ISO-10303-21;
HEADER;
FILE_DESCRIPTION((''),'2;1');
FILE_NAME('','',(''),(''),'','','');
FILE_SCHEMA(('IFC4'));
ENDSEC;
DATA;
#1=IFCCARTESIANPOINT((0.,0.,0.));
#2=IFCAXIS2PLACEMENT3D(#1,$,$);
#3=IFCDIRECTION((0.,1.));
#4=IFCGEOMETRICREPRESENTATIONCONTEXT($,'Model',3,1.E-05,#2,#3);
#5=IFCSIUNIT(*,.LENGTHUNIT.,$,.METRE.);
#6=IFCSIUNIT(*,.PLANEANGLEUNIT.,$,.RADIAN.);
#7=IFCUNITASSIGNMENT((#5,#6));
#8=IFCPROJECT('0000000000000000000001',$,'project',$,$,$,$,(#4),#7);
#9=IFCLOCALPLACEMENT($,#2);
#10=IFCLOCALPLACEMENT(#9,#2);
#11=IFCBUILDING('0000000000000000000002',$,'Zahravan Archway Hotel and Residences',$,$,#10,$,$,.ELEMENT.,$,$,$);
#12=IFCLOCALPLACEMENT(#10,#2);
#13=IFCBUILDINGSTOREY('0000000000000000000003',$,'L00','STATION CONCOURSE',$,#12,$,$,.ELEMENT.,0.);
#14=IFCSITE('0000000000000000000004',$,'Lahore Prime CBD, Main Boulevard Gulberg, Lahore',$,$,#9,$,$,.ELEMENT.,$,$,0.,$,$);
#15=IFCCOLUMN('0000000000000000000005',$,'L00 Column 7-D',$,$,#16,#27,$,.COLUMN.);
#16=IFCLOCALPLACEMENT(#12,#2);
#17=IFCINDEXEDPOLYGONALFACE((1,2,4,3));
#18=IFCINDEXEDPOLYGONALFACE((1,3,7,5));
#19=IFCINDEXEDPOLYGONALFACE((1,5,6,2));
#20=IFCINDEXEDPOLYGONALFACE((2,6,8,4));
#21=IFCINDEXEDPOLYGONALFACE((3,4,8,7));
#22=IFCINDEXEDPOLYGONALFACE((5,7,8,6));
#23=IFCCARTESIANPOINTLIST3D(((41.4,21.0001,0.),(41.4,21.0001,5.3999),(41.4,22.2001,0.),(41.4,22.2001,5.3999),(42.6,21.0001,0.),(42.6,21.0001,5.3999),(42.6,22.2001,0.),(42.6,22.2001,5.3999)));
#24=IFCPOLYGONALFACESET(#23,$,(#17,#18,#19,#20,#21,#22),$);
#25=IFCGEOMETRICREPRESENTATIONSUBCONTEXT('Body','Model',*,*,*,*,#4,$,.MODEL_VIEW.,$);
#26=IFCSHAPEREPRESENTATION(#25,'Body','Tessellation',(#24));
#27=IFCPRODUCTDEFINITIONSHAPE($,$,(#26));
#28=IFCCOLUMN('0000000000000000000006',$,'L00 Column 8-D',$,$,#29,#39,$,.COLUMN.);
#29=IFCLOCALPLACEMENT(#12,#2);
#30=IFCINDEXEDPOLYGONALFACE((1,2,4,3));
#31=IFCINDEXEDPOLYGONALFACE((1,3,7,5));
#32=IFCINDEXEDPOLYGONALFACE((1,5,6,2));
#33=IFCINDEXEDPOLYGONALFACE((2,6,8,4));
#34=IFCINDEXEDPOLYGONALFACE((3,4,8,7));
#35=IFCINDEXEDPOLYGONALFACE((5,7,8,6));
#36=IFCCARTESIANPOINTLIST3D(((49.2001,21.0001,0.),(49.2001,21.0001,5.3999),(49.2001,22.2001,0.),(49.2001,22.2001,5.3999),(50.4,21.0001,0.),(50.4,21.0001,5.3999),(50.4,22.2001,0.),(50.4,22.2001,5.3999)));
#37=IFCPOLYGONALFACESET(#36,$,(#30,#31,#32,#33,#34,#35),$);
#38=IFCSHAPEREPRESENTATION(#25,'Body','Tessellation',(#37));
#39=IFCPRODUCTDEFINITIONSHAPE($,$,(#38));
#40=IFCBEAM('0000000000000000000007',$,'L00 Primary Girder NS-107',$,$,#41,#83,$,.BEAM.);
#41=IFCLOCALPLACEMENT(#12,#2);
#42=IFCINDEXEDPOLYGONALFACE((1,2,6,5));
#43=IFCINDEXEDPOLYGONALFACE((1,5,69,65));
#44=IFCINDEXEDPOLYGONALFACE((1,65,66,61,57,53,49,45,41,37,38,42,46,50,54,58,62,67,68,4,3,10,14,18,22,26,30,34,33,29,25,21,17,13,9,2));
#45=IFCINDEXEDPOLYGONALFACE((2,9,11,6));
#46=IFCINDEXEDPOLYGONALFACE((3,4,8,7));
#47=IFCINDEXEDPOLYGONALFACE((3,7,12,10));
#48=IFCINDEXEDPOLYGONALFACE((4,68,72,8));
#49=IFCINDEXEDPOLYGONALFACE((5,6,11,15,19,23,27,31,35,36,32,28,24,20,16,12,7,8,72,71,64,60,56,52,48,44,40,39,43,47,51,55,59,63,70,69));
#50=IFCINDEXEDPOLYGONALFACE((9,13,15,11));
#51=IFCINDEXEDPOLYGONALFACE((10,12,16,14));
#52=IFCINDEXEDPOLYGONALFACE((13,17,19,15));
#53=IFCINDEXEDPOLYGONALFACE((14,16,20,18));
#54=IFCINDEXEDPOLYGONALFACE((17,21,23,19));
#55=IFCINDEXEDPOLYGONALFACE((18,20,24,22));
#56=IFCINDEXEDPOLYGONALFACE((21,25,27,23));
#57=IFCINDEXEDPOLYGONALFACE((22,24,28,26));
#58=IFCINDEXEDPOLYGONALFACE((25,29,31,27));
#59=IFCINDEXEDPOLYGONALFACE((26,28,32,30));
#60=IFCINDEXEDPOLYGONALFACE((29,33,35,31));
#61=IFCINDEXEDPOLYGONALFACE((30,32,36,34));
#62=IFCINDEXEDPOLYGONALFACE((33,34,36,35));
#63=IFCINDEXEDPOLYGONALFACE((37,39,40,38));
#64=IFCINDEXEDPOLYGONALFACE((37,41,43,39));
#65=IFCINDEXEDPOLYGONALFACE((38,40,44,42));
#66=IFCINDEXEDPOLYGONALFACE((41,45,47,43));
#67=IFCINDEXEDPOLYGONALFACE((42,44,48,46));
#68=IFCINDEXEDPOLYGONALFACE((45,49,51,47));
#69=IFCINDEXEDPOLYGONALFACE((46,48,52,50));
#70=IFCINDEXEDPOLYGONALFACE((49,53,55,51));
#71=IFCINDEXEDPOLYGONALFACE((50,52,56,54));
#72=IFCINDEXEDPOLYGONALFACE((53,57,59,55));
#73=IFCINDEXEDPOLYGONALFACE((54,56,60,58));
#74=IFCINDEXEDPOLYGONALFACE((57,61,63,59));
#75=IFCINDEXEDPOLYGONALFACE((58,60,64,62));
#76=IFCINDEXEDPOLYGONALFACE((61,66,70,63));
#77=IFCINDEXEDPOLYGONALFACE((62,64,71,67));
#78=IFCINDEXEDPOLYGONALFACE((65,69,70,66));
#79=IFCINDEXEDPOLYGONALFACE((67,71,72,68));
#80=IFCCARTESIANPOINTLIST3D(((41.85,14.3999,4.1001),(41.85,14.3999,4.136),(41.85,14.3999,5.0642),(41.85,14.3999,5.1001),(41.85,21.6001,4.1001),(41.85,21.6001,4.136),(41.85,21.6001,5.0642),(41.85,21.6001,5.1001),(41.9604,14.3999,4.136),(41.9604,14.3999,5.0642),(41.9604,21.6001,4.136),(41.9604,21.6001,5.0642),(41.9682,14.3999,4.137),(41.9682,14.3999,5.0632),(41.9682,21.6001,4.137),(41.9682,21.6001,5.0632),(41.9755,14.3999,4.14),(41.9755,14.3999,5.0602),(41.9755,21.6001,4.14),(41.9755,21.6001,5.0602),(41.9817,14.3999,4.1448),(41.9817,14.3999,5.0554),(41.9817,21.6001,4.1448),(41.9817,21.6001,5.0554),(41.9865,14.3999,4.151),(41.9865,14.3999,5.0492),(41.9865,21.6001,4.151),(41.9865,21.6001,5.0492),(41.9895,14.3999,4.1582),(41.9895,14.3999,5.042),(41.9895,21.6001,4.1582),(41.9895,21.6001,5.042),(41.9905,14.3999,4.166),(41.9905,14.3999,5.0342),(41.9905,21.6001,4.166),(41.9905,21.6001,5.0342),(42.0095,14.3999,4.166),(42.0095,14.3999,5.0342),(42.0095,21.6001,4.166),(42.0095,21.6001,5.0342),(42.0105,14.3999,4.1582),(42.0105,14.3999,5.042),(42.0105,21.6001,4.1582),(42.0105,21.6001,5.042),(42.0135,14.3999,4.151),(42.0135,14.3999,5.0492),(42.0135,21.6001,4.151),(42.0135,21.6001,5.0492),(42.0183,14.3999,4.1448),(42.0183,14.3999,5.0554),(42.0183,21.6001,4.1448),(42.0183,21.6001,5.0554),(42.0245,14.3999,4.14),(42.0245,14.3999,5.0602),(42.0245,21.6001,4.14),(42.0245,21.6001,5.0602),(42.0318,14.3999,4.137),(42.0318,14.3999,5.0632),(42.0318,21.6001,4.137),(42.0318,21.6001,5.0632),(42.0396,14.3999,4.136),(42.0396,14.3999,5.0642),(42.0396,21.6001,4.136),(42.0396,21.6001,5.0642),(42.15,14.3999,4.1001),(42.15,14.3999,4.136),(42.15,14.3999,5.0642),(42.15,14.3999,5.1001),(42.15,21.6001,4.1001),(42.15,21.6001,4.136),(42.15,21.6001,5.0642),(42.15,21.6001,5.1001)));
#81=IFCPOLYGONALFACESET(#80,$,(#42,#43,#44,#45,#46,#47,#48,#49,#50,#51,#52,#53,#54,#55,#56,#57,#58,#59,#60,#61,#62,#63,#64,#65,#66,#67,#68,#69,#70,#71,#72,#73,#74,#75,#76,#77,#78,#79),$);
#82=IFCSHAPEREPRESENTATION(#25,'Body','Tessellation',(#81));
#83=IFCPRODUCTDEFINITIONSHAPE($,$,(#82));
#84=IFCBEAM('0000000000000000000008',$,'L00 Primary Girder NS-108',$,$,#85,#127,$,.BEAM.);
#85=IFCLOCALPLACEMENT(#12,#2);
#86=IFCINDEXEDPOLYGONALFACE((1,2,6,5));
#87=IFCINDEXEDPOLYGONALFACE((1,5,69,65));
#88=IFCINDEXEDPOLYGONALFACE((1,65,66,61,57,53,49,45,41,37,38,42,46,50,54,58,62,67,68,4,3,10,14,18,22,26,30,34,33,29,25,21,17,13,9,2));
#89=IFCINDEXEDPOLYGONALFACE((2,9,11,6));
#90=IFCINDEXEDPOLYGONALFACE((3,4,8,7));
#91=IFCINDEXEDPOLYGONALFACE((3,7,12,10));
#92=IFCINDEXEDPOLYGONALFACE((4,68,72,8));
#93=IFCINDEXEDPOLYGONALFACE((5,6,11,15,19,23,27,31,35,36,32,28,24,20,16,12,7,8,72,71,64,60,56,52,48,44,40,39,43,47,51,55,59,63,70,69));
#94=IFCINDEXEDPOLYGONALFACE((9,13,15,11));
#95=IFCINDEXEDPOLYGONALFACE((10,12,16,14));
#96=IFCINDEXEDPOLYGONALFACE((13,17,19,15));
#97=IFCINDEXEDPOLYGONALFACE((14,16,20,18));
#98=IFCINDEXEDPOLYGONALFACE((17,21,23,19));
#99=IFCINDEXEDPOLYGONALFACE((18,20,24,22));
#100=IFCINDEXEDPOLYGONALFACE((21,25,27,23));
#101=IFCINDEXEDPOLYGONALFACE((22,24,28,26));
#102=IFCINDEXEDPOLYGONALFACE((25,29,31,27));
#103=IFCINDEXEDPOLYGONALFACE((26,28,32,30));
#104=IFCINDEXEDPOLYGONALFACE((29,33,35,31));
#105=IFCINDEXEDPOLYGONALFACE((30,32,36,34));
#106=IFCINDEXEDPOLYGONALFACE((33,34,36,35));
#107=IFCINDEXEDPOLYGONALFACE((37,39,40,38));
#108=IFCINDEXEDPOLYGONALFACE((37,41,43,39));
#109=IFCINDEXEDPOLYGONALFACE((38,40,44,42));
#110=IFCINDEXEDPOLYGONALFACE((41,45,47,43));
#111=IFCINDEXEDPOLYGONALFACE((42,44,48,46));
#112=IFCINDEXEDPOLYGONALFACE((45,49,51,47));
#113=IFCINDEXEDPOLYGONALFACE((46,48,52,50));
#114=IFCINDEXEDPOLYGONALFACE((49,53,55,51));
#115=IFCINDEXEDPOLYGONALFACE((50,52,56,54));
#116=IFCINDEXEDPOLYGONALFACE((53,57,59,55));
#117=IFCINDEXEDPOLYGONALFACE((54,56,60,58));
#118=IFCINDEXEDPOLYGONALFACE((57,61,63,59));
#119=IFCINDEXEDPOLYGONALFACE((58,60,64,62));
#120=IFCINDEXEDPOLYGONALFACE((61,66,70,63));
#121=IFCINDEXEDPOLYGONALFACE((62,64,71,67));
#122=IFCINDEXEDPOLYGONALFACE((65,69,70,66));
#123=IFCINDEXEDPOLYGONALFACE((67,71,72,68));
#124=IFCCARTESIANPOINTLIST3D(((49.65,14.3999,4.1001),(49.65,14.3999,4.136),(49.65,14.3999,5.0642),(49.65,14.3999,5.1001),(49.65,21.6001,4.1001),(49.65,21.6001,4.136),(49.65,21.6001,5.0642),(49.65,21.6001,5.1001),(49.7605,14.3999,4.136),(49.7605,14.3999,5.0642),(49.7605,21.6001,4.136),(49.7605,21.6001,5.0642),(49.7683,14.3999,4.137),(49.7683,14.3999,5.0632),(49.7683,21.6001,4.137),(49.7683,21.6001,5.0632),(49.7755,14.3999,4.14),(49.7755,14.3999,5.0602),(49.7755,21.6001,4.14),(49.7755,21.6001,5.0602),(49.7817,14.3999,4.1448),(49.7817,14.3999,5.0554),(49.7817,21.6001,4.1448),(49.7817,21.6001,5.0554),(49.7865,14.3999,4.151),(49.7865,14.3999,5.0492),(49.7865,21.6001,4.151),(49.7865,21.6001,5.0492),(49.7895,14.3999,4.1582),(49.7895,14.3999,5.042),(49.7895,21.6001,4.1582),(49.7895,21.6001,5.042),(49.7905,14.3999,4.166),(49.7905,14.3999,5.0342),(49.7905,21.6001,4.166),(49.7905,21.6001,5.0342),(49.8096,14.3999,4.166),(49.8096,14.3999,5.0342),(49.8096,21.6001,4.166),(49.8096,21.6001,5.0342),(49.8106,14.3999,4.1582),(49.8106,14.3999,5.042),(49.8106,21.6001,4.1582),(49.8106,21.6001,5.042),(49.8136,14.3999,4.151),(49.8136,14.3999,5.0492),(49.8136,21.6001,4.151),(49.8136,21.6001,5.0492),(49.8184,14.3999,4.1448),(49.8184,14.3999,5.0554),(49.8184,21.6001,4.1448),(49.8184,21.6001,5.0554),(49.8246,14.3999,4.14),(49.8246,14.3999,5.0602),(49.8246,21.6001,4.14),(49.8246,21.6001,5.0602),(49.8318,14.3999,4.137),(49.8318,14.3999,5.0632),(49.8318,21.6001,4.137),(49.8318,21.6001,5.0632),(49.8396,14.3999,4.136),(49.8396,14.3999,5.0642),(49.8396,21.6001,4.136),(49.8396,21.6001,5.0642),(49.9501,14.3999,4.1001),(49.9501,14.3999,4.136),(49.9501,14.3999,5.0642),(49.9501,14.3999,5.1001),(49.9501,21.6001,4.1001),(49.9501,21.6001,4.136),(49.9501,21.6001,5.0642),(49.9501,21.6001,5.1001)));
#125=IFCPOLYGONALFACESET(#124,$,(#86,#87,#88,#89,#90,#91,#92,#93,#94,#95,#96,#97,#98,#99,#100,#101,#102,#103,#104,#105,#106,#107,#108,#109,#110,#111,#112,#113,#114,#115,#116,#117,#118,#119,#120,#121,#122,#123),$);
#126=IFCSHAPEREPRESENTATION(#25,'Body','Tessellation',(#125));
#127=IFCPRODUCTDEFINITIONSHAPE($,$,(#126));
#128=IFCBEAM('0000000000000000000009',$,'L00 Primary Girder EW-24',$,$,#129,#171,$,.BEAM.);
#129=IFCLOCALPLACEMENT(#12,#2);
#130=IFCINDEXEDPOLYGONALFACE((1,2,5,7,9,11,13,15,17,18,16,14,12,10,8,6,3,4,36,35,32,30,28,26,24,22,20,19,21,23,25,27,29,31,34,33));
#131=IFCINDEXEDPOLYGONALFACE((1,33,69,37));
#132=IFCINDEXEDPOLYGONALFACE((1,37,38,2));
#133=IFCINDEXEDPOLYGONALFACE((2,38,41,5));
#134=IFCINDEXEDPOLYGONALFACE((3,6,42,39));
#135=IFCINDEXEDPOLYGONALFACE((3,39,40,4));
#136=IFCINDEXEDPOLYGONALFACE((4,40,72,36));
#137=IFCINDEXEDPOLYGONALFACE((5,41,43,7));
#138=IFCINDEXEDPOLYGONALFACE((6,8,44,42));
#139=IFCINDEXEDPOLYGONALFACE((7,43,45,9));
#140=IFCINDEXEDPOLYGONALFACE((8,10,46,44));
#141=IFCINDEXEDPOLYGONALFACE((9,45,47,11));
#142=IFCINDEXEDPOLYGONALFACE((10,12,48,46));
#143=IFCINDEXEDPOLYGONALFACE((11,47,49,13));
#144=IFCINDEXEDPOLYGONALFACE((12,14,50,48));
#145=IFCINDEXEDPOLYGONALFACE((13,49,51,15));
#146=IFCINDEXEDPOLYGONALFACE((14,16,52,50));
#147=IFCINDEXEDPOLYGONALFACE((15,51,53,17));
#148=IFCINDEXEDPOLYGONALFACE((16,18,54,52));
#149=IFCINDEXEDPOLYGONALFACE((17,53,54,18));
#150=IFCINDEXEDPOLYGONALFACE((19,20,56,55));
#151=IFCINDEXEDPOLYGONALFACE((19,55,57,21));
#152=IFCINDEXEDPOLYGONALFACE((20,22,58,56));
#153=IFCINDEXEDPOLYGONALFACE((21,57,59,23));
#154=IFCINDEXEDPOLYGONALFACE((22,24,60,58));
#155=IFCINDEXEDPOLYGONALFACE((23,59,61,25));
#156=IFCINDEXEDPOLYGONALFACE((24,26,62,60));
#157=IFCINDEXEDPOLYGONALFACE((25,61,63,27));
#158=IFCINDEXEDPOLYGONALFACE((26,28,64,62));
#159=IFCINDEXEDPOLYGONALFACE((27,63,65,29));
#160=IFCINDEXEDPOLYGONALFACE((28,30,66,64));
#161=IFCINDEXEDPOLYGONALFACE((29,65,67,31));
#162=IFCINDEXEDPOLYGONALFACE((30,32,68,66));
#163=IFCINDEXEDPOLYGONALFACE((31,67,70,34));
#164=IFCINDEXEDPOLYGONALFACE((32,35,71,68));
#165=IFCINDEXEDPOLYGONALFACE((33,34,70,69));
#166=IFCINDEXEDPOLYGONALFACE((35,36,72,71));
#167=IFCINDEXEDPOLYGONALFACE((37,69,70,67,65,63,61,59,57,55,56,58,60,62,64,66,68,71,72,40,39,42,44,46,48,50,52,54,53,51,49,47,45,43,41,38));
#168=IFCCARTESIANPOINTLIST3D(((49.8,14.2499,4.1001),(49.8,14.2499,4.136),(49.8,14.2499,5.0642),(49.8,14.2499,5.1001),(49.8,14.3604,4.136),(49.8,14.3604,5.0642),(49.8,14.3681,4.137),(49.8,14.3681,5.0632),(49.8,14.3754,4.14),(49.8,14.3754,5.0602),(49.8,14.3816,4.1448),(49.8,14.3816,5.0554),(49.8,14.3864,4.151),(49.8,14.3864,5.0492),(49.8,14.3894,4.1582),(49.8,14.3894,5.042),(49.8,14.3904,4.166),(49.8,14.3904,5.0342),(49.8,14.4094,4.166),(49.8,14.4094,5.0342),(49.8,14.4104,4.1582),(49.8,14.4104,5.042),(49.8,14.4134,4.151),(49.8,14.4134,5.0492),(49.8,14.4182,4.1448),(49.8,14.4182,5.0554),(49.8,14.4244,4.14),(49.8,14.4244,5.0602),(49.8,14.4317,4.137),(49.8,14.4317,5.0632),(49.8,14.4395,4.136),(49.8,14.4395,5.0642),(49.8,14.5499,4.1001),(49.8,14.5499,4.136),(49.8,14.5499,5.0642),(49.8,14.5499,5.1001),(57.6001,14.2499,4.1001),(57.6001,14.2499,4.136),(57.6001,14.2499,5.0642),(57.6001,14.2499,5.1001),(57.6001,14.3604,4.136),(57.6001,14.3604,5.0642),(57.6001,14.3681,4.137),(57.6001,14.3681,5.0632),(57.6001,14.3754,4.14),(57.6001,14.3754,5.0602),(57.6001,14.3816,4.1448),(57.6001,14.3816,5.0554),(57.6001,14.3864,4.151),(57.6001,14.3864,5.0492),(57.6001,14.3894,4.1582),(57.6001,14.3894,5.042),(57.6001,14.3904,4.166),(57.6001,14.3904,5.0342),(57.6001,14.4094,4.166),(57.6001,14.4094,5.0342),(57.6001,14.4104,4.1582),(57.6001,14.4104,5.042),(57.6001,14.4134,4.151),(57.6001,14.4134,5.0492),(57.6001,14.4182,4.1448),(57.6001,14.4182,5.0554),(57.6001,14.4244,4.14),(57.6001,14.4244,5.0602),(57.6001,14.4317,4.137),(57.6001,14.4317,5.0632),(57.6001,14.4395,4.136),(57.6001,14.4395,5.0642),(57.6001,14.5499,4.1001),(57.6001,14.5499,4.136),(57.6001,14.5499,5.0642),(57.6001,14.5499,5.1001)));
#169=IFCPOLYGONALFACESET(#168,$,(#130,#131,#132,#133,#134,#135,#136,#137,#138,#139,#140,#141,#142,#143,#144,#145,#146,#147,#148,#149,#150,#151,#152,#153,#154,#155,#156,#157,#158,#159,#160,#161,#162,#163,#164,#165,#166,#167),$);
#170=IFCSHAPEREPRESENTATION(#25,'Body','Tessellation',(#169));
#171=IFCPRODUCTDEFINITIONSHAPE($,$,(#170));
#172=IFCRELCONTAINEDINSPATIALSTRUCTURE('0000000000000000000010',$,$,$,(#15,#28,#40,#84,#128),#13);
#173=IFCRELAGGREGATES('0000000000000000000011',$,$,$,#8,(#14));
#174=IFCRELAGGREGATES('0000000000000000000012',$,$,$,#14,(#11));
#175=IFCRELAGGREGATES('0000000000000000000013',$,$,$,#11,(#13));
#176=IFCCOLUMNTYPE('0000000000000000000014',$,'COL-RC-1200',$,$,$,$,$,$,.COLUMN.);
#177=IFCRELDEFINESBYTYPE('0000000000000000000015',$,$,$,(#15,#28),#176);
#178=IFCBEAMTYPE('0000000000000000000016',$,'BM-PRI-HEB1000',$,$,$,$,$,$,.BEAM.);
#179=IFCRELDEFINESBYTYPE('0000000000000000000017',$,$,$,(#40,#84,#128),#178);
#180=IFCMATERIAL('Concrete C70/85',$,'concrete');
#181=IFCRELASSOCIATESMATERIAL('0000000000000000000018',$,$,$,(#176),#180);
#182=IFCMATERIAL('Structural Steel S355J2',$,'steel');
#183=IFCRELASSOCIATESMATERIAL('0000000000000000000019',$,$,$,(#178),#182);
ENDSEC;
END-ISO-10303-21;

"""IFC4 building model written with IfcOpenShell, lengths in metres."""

from ifc_helpers import new_model, si_unit, direction, frame, origin, origin_2d, place, context, subcontext, project, spatial, rectangle, i_section, extrude, source, transform, mapped, material, material_profile, profile_set, type_object, element, save


model = new_model("IFC4")

# Units and contexts
model_context = context("Model", 3, precision=1e-05, world=origin(), true_north=direction((0.0, 1.0)))
body_context = subcontext(model_context, "Body", "Model", "MODEL_VIEW")
ifc_project = project(units=[si_unit("LENGTHUNIT", "METRE"), si_unit("PLANEANGLEUNIT", "RADIAN")], contexts=[model_context])

# Site, building, storey
site_placement = place(None, origin())
site = spatial("IfcSite", under=ifc_project, at=site_placement, Name="Lahore Prime CBD, Main Boulevard Gulberg, Lahore", CompositionType="ELEMENT", RefElevation=0.0)
building_placement = place(site_placement, origin())
building = spatial("IfcBuilding", under=site, at=building_placement, Name="Zahravan Archway Hotel and Residences", CompositionType="ELEMENT")
storey_placement = place(building_placement, origin())
storey = spatial("IfcBuildingStorey", under=building, at=storey_placement, Name="L00", Description="STATION CONCOURSE", CompositionType="ELEMENT", Elevation=0.0)

# Columns
ifc_material_1 = material(Name="Concrete C70/85", Category="concrete")
ifc_material_profile_1 = material_profile(ifc_material_1, rectangle(XDim=1.2, YDim=1.2, at=origin_2d()), Name="RC-COL-1200x1200", Category="concrete")
ifc_profile_set_1 = profile_set([ifc_material_profile_1], Name="Concrete C70/85")
column_type = type_object("IfcColumnType", Name="COL-RC-1200", PredefinedType="COLUMN", material=ifc_profile_set_1)
shared_shape_1 = source(origin(), body_context, "Body", "SweptSolid", [
    extrude(rectangle(XDim=1.2, YDim=1.2, at=origin_2d()), origin(), (0.0, 0.0, 1.0), 5.3999),
])
for number, where, z_axis, x_axis, name in (
    (1, (42.0, 21.6001, 0.0), (0.0, 0.0, 1.0), (1.0, 0.0, 0.0), "L00 Column 7-D"),
    (2, (49.8, 21.6001, 0.0), (0.0, 0.0, 1.0), (1.0, 0.0, 0.0), "L00 Column 8-D"),
):
    element("IfcColumn", number, at=place(storey_placement, frame(where, z_axis=z_axis, x_axis=x_axis)), inside=storey, type_object=column_type, Name=name, PredefinedType="COLUMN", context=body_context, shape_type="MappedRepresentation", body=[
        mapped(shared_shape_1, transform((0.0, 0.0, 0.0), scale=1.0)),
    ])

# Beams
ifc_material_2 = material(Name="Structural Steel S355J2", Category="steel")
ifc_material_profile_2 = material_profile(ifc_material_2, i_section(OverallWidth=0.3, OverallDepth=1.0, WebThickness=0.019, FlangeThickness=0.0359, FilletRadius=0.03, at=origin_2d()), Name="HEB 1000", Category="steel")
ifc_profile_set_2 = profile_set([ifc_material_profile_2], Name="Structural Steel S355J2")
beam_type_1 = type_object("IfcBeamType", Name="BM-PRI-HEB1000", PredefinedType="BEAM", material=ifc_profile_set_2)
shared_shape_2 = source(origin(), body_context, "Body", "SweptSolid", [
    extrude(i_section(OverallWidth=0.3, OverallDepth=1.0, WebThickness=0.019, FlangeThickness=0.0359, FilletRadius=0.03, at=origin_2d()), origin(), (0.0, 0.0, 1.0), 7.2002),
])
for number, where, z_axis, x_axis, name in (
    (3, (42.0, 14.3999, 4.6001), (0.0, 1.0, 0.0), (-1.0, 0.0, 0.0), "L00 Primary Girder NS-107"),
    (4, (49.8, 14.3999, 4.6001), (0.0, 1.0, 0.0), (-1.0, 0.0, 0.0), "L00 Primary Girder NS-108"),
):
    element("IfcBeam", number, at=place(storey_placement, frame(where, z_axis=z_axis, x_axis=x_axis)), inside=storey, type_object=beam_type_1, Name=name, PredefinedType="BEAM", context=body_context, shape_type="MappedRepresentation", body=[
        mapped(shared_shape_2, transform((0.0, 0.0, 0.0), scale=1.0)),
    ])
shared_shape_3 = source(origin(), body_context, "Body", "SweptSolid", [
    extrude(i_section(OverallWidth=0.3, OverallDepth=1.0, WebThickness=0.019, FlangeThickness=0.0359, FilletRadius=0.03, at=origin_2d()), origin(), (0.0, 0.0, 1.0), 7.8),
])
for number, where, z_axis, x_axis, name in (
    (5, (49.8, 14.3999, 4.6001), (1.0, 0.0, 0.0), (0.0, 1.0, 0.0), "L00 Primary Girder EW-24"),
):
    element("IfcBeam", number, at=place(storey_placement, frame(where, z_axis=z_axis, x_axis=x_axis)), inside=storey, type_object=beam_type_1, Name=name, PredefinedType="BEAM", context=body_context, shape_type="MappedRepresentation", body=[
        mapped(shared_shape_3, transform((0.0, 0.0, 0.0), scale=1.0)),
    ])

save(model, "model.ifc")
